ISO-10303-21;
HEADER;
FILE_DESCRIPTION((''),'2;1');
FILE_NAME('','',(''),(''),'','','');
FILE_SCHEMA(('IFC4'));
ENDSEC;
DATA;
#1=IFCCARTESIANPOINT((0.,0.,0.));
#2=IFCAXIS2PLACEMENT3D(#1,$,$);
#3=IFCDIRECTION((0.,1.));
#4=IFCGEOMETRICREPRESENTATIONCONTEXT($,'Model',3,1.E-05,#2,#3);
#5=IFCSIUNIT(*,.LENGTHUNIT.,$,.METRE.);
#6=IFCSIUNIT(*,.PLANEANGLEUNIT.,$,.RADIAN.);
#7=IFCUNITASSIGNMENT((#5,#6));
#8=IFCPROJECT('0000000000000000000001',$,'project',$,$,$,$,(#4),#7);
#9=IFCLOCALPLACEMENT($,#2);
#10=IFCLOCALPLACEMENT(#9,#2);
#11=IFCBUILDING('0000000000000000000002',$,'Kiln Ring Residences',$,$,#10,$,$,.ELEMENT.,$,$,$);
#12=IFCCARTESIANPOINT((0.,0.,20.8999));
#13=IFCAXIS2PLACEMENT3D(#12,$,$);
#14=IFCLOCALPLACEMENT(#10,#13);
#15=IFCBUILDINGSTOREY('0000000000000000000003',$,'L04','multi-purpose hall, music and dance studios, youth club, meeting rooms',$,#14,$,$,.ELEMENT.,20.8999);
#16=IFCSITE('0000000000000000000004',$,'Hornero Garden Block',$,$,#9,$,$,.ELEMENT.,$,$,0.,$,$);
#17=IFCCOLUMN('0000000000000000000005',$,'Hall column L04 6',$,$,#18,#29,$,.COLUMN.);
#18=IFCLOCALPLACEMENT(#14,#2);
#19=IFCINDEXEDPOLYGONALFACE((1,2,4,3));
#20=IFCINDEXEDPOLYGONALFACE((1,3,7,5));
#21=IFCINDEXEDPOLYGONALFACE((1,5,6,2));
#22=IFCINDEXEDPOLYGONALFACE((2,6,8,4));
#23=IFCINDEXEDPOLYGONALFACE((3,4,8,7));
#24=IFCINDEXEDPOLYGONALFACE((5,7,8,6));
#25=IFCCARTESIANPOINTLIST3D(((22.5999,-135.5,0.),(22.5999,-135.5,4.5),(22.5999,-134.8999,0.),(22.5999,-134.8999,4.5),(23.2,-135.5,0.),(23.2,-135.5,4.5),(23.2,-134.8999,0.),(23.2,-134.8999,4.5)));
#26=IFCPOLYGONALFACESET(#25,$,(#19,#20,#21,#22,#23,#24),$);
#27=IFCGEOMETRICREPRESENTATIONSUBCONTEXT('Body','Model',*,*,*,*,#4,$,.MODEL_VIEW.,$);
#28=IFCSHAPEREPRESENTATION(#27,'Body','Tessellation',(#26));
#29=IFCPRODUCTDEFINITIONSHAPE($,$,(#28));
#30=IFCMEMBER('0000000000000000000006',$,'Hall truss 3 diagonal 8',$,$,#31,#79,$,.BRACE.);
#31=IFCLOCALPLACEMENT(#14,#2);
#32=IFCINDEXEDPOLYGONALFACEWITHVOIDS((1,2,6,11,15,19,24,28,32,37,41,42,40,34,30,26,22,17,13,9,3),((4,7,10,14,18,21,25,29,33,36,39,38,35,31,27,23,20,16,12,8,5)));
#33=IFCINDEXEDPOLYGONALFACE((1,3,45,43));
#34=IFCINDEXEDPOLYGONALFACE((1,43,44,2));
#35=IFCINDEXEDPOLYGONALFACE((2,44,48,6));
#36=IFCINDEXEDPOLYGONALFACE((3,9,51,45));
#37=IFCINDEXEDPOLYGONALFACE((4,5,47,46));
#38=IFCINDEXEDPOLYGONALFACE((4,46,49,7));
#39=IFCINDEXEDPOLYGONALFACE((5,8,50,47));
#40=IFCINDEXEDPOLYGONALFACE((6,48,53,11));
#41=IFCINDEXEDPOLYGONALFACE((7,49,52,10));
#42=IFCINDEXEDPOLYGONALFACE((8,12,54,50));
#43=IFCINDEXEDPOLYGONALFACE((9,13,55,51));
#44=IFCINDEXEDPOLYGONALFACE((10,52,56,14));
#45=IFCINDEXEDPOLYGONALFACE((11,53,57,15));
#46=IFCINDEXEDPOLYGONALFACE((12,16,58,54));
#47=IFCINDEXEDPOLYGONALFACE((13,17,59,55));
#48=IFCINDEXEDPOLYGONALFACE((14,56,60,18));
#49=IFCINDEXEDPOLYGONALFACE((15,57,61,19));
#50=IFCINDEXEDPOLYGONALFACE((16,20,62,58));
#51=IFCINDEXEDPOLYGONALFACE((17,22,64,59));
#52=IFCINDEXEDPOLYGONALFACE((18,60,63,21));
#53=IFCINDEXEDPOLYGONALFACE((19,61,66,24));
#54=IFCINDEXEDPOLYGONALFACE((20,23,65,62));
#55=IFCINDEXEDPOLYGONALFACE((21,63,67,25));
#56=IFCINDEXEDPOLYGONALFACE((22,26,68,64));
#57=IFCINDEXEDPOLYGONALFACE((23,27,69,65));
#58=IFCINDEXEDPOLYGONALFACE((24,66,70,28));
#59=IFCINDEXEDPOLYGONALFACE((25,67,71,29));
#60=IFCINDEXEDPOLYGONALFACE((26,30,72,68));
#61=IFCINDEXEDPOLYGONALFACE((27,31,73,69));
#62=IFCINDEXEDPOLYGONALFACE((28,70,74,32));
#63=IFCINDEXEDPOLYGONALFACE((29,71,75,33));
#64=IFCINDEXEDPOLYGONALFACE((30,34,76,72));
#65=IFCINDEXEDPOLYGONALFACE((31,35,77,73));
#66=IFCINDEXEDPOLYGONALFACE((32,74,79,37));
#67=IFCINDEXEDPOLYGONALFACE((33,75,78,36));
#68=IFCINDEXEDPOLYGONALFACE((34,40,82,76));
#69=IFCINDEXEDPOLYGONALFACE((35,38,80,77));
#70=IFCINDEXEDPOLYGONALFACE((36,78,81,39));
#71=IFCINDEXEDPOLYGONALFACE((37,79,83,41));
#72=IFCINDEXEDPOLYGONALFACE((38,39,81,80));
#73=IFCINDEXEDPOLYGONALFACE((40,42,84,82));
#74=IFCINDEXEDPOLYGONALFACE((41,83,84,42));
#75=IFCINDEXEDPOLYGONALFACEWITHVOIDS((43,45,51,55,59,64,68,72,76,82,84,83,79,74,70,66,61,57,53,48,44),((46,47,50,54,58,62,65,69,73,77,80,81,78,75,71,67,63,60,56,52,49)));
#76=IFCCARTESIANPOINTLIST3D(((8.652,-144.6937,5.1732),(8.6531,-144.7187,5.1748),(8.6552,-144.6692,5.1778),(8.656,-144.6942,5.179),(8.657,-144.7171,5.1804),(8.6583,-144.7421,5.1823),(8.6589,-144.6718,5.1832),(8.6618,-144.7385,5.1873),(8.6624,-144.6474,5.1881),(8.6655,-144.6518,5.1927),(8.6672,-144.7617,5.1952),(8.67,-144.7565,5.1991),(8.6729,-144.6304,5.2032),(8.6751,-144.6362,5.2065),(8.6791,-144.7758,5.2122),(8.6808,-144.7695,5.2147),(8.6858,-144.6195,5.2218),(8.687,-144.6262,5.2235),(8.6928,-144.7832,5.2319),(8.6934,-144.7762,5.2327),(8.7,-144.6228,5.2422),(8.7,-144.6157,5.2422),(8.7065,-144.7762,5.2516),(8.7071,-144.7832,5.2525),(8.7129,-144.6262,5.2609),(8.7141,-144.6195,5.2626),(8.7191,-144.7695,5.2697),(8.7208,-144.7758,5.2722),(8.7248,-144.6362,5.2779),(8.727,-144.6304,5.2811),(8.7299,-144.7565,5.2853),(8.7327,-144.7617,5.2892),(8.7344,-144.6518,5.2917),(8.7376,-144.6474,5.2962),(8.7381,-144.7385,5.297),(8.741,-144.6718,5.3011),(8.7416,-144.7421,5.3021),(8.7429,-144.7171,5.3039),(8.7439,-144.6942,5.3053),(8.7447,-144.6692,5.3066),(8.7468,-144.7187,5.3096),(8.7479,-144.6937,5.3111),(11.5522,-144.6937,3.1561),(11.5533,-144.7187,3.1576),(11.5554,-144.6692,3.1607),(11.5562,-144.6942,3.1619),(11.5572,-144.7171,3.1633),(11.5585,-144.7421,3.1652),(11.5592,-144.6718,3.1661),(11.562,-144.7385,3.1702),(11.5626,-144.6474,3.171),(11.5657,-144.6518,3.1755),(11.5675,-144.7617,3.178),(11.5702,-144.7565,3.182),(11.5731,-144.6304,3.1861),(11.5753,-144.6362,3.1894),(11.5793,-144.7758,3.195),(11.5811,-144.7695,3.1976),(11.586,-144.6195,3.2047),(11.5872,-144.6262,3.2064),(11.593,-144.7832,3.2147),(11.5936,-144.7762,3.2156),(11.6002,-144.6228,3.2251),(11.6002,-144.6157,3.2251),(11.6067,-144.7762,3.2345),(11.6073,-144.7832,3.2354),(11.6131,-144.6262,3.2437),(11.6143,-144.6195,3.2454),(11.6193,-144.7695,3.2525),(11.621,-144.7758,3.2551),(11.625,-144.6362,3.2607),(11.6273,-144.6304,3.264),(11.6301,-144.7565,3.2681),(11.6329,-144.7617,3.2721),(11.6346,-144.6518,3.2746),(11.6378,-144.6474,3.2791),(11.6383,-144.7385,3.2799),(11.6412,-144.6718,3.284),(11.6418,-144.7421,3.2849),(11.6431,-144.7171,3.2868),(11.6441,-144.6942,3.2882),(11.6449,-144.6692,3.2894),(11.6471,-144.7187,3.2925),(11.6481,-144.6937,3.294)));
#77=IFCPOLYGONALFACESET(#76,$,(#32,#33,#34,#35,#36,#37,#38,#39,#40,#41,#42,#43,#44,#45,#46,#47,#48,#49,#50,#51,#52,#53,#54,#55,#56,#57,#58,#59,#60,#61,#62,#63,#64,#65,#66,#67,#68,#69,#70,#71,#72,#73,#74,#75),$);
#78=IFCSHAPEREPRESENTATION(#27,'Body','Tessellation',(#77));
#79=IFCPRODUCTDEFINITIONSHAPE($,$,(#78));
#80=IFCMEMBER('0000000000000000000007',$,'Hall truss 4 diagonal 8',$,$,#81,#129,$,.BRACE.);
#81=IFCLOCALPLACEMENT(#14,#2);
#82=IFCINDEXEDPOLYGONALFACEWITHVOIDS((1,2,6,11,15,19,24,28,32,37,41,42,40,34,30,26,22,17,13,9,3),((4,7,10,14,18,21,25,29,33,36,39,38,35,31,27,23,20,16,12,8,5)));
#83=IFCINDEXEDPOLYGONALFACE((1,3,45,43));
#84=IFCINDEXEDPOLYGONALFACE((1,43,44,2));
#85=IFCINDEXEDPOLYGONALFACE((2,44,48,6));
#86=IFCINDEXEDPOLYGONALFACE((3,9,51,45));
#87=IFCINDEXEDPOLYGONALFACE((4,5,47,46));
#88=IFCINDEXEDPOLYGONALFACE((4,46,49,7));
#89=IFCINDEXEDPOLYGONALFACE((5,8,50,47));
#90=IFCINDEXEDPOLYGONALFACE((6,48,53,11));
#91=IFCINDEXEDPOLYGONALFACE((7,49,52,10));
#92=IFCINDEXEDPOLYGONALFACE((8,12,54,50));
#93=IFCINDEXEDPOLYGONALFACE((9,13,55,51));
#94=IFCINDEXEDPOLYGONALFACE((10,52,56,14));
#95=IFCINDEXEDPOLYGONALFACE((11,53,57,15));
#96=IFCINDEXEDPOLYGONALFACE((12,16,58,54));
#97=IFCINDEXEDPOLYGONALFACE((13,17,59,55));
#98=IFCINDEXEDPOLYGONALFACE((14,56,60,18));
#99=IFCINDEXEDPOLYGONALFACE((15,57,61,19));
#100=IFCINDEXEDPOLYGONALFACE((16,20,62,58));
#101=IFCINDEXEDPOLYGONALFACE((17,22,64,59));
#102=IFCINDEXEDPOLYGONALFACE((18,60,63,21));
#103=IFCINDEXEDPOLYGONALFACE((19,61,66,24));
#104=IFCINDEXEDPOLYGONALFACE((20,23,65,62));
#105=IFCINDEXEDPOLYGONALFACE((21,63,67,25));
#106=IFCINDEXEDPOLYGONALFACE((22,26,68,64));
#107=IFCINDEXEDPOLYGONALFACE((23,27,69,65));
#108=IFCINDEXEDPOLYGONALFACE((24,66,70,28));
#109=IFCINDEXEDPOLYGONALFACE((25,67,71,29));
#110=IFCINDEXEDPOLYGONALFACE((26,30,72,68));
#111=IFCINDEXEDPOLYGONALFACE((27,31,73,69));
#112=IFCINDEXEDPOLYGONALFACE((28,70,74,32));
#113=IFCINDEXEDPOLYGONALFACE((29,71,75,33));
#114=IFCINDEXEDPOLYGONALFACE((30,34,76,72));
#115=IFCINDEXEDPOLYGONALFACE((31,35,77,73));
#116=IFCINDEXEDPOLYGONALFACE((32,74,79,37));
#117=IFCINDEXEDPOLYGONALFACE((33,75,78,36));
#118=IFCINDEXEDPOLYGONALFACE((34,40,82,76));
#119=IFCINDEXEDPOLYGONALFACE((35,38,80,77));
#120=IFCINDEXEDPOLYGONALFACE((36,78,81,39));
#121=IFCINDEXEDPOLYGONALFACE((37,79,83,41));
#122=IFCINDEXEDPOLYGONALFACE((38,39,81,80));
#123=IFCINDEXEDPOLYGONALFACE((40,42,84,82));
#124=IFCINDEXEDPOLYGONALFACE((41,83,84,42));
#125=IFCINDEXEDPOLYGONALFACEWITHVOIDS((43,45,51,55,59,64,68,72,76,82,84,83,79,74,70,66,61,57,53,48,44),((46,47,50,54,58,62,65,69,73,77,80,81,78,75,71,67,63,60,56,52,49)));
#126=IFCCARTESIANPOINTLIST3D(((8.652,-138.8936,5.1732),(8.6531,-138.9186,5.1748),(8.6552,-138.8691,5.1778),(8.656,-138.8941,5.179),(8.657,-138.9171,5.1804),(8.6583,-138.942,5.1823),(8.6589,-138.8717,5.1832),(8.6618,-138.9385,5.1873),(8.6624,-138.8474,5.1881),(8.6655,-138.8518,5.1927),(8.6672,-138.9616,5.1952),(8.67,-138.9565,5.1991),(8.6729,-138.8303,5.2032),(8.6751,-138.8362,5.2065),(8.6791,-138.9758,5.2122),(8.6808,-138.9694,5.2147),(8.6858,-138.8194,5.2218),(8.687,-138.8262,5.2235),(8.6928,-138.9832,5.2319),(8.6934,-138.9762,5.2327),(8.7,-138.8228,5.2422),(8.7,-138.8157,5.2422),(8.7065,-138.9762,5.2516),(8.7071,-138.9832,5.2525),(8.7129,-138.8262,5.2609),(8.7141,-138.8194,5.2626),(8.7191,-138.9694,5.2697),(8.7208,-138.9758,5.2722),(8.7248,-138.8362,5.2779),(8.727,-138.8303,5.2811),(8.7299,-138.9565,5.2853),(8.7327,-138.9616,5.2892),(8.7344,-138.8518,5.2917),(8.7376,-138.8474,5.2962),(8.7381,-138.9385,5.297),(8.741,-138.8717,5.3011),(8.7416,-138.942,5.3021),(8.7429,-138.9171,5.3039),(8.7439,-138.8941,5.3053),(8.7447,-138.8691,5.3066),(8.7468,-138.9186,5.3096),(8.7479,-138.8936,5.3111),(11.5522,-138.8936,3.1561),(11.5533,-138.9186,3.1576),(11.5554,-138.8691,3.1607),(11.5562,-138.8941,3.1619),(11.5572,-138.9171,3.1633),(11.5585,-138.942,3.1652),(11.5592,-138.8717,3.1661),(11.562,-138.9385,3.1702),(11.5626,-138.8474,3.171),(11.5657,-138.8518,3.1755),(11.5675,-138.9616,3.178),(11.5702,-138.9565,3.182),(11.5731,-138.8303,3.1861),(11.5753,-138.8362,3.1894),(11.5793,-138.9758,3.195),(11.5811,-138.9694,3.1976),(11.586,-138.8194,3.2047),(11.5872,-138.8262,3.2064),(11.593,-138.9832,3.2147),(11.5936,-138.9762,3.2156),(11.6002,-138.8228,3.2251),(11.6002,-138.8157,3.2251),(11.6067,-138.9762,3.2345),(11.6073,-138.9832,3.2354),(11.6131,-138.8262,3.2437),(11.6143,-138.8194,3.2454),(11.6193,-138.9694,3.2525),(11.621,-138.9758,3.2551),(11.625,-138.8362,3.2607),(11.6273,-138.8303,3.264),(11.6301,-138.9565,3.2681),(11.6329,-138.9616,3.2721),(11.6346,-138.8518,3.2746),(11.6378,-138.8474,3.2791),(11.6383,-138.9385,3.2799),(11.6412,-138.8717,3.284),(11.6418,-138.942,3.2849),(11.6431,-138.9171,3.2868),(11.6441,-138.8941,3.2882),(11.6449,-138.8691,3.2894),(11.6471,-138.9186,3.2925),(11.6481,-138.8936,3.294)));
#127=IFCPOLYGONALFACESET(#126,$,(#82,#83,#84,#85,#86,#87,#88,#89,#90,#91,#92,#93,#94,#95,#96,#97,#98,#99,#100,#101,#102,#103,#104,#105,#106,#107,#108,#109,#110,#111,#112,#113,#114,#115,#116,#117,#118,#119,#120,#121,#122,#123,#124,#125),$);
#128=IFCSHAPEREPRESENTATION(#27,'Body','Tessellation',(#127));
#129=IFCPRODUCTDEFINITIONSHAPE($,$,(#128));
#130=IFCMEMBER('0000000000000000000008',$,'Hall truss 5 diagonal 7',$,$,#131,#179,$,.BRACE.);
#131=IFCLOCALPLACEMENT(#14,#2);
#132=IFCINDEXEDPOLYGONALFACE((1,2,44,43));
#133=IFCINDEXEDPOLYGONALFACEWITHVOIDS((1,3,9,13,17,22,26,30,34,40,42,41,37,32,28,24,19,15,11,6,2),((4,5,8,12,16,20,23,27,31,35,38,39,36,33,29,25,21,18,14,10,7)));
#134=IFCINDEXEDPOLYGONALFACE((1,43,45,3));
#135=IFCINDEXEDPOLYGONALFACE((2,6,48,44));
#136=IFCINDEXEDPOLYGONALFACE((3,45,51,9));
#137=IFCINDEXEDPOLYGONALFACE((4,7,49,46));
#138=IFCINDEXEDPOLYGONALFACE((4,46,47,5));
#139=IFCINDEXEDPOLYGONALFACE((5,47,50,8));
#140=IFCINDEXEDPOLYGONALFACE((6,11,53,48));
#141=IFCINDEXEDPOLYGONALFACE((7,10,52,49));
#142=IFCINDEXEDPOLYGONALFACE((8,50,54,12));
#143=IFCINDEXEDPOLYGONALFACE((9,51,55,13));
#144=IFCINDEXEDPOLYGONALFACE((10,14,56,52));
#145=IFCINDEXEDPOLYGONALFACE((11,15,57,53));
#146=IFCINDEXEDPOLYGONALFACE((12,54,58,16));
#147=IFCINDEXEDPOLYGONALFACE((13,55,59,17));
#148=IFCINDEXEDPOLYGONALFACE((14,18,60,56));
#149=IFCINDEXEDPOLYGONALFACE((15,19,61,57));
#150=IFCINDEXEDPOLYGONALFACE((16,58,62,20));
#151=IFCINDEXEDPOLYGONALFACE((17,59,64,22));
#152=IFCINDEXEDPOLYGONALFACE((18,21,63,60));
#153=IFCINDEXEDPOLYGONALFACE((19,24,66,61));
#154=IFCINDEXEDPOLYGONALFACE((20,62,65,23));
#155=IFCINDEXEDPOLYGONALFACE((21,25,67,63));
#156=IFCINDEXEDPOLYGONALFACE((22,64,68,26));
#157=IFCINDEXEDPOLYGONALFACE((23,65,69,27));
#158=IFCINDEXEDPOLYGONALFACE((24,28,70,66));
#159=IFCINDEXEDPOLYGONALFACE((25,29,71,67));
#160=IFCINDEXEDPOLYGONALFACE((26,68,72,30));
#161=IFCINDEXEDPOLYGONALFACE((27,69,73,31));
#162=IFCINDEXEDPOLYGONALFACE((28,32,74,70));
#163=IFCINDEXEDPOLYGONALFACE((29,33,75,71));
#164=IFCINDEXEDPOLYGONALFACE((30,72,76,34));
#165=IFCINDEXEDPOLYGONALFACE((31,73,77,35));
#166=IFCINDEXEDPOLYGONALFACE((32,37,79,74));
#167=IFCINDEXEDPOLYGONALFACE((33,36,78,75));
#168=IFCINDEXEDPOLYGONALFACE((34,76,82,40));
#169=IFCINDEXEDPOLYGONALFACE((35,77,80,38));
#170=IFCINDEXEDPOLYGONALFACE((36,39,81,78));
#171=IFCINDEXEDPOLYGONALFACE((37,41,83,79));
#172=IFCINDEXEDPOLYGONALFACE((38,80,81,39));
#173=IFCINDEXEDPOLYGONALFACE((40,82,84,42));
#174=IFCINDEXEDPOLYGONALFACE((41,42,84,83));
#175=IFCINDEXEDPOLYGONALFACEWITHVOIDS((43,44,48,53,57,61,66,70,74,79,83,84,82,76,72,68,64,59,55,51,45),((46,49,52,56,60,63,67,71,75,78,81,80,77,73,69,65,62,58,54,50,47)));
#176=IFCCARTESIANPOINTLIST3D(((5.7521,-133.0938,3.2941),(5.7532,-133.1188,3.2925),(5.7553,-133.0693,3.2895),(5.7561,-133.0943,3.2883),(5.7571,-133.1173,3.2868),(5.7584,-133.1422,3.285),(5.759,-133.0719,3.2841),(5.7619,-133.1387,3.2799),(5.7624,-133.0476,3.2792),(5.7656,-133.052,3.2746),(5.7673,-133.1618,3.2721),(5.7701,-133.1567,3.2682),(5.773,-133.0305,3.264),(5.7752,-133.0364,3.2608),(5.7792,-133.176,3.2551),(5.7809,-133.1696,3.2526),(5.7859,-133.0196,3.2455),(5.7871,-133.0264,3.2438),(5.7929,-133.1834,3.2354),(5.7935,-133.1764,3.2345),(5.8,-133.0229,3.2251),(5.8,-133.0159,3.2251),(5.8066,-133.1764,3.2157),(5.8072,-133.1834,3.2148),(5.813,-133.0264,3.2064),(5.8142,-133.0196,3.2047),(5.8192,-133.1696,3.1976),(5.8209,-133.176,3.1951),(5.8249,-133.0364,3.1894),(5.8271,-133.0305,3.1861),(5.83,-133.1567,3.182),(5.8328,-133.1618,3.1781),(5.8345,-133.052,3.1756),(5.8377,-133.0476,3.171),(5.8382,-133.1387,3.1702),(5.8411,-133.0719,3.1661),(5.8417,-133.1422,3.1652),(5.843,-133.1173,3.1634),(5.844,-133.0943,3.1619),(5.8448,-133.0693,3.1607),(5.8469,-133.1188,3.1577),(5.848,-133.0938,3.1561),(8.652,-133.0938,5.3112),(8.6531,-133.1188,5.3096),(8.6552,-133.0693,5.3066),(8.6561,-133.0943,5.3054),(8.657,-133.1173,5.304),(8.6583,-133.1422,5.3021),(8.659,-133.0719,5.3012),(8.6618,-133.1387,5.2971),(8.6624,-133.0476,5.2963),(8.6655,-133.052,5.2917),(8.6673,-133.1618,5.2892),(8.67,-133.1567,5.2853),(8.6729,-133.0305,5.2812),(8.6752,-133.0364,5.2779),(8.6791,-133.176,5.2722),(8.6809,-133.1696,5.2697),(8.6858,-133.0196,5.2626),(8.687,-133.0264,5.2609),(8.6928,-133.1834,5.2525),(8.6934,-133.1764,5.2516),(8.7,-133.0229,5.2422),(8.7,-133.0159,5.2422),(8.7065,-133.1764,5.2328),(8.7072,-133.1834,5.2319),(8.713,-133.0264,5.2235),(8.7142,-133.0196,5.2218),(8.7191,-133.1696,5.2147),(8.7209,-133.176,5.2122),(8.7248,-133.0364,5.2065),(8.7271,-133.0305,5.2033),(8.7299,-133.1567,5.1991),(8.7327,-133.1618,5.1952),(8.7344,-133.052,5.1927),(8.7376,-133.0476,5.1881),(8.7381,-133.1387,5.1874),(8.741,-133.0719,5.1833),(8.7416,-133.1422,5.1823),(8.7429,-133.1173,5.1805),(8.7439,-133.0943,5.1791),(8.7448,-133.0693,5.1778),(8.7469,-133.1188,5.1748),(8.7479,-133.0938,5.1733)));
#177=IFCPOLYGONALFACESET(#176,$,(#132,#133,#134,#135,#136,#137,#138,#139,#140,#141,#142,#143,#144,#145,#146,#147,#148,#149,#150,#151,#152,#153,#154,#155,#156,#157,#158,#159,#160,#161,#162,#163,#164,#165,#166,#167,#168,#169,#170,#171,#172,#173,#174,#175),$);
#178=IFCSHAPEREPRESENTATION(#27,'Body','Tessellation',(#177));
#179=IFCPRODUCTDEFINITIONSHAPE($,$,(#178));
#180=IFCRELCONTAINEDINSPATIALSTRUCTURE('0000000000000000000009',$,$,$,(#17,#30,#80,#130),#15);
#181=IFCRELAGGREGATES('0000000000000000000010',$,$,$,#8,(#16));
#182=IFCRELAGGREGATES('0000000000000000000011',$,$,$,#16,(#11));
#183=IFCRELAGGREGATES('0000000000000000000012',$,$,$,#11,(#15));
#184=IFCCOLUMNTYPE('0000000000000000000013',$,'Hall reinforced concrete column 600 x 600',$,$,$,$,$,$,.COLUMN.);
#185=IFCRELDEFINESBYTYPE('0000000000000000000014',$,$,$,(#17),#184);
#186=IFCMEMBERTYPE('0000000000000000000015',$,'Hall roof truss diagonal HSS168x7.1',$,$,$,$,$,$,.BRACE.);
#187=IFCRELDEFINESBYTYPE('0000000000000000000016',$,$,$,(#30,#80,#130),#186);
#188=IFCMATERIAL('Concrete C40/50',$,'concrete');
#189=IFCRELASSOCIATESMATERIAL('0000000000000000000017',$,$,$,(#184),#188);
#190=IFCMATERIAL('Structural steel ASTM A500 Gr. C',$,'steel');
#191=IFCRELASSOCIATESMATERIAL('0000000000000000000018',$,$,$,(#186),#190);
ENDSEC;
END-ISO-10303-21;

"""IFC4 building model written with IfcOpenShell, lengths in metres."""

from ifc_helpers import new_model, si_unit, direction, frame, origin, origin_2d, place, context, subcontext, project, spatial, rectangle, hollow_circle, extrude, material, material_profile, profile_set, type_object, element, save


model = new_model("IFC4")

# Units and contexts
model_context = context("Model", 3, precision=1e-05, world=origin(), true_north=direction((0.0, 1.0)))
body_context = subcontext(model_context, "Body", "Model", "MODEL_VIEW")
ifc_project = project(units=[si_unit("LENGTHUNIT", "METRE"), si_unit("PLANEANGLEUNIT", "RADIAN")], contexts=[model_context])

# Site, building, storey
site_placement = place(None, origin())
site = spatial("IfcSite", under=ifc_project, at=site_placement, Name="Hornero Garden Block", CompositionType="ELEMENT", RefElevation=0.0)
building_placement = place(site_placement, origin())
building = spatial("IfcBuilding", under=site, at=building_placement, Name="Kiln Ring Residences", CompositionType="ELEMENT")
storey_placement = place(building_placement, frame((0.0, 0.0, 20.8999)))
storey = spatial("IfcBuildingStorey", under=building, at=storey_placement, Name="L04", Description="multi-purpose hall, music and dance studios, youth club, meeting rooms", CompositionType="ELEMENT", Elevation=20.8999)

# Column
ifc_material_1 = material(Name="Concrete C40/50", Category="concrete")
ifc_material_profile_1 = material_profile(ifc_material_1, rectangle(XDim=0.6001, YDim=0.6001, at=origin_2d()), Name="Hall reinforced concrete column 600 x 600")
ifc_profile_set_1 = profile_set([ifc_material_profile_1], Name="Concrete C40/50")
column_type = type_object("IfcColumnType", Name="Hall reinforced concrete column 600 x 600", PredefinedType="COLUMN", material=ifc_profile_set_1)
column_placement = place(storey_placement, frame((22.8999, -135.2, 0.0), z_axis=(0.0, 0.0, 1.0), x_axis=(1.0, 0.0, 0.0)))
element("IfcColumn", 1, at=column_placement, inside=storey, type_object=column_type, Name="Hall column L04 6", PredefinedType="COLUMN", context=body_context, shape_type="SweptSolid", body=[
    extrude(rectangle(XDim=0.6001, YDim=0.6001, at=origin_2d()), origin(), (0.0, 0.0, 1.0), 4.5),
])

# Members
ifc_material_2 = material(Name="Structural steel ASTM A500 Gr. C", Category="steel")
ifc_material_profile_2 = material_profile(ifc_material_2, hollow_circle(Radius=0.0842, WallThickness=0.0071, at=origin_2d()), Name="HSS168x7.1")
ifc_profile_set_2 = profile_set([ifc_material_profile_2], Name="Structural steel ASTM A500 Gr. C")
member_type_1 = type_object("IfcMemberType", Name="Hall roof truss diagonal HSS168x7.1", PredefinedType="BRACE", material=ifc_profile_set_2)
for number, where, z_axis, x_axis, name in (
    (2, (8.7, -144.7, 5.2422), (0.820959, 0.0, -0.570988), (0.0, 1.0, 0.0), "Hall truss 3 diagonal 8"),
    (3, (8.7, -138.8999, 5.2422), (0.820959, 0.0, -0.570988), (0.0, 1.0, 0.0), "Hall truss 4 diagonal 8"),
):
    element("IfcMember", number, at=place(storey_placement, frame(where, z_axis=z_axis, x_axis=x_axis)), inside=storey, type_object=member_type_1, Name=name, PredefinedType="BRACE", context=body_context, shape_type="SweptSolid", body=[
        extrude(hollow_circle(Radius=0.0842, WallThickness=0.0071, at=origin_2d()), origin(), (0.0, 0.0, 1.0), 3.5327),
    ])
member_1_placement = place(storey_placement, frame((5.8, -133.1001, 3.2251), z_axis=(0.820936, 0.0, 0.57102), x_axis=(0.0, 1.0, 0.0)))
element("IfcMember", 4, at=member_1_placement, inside=storey, type_object=member_type_1, Name="Hall truss 5 diagonal 7", PredefinedType="BRACE", context=body_context, shape_type="SweptSolid", body=[
    extrude(hollow_circle(Radius=0.0842, WallThickness=0.0071, at=origin_2d()), origin(), (0.0, 0.0, 1.0), 3.5325),
])

save(model, "model.ifc")
